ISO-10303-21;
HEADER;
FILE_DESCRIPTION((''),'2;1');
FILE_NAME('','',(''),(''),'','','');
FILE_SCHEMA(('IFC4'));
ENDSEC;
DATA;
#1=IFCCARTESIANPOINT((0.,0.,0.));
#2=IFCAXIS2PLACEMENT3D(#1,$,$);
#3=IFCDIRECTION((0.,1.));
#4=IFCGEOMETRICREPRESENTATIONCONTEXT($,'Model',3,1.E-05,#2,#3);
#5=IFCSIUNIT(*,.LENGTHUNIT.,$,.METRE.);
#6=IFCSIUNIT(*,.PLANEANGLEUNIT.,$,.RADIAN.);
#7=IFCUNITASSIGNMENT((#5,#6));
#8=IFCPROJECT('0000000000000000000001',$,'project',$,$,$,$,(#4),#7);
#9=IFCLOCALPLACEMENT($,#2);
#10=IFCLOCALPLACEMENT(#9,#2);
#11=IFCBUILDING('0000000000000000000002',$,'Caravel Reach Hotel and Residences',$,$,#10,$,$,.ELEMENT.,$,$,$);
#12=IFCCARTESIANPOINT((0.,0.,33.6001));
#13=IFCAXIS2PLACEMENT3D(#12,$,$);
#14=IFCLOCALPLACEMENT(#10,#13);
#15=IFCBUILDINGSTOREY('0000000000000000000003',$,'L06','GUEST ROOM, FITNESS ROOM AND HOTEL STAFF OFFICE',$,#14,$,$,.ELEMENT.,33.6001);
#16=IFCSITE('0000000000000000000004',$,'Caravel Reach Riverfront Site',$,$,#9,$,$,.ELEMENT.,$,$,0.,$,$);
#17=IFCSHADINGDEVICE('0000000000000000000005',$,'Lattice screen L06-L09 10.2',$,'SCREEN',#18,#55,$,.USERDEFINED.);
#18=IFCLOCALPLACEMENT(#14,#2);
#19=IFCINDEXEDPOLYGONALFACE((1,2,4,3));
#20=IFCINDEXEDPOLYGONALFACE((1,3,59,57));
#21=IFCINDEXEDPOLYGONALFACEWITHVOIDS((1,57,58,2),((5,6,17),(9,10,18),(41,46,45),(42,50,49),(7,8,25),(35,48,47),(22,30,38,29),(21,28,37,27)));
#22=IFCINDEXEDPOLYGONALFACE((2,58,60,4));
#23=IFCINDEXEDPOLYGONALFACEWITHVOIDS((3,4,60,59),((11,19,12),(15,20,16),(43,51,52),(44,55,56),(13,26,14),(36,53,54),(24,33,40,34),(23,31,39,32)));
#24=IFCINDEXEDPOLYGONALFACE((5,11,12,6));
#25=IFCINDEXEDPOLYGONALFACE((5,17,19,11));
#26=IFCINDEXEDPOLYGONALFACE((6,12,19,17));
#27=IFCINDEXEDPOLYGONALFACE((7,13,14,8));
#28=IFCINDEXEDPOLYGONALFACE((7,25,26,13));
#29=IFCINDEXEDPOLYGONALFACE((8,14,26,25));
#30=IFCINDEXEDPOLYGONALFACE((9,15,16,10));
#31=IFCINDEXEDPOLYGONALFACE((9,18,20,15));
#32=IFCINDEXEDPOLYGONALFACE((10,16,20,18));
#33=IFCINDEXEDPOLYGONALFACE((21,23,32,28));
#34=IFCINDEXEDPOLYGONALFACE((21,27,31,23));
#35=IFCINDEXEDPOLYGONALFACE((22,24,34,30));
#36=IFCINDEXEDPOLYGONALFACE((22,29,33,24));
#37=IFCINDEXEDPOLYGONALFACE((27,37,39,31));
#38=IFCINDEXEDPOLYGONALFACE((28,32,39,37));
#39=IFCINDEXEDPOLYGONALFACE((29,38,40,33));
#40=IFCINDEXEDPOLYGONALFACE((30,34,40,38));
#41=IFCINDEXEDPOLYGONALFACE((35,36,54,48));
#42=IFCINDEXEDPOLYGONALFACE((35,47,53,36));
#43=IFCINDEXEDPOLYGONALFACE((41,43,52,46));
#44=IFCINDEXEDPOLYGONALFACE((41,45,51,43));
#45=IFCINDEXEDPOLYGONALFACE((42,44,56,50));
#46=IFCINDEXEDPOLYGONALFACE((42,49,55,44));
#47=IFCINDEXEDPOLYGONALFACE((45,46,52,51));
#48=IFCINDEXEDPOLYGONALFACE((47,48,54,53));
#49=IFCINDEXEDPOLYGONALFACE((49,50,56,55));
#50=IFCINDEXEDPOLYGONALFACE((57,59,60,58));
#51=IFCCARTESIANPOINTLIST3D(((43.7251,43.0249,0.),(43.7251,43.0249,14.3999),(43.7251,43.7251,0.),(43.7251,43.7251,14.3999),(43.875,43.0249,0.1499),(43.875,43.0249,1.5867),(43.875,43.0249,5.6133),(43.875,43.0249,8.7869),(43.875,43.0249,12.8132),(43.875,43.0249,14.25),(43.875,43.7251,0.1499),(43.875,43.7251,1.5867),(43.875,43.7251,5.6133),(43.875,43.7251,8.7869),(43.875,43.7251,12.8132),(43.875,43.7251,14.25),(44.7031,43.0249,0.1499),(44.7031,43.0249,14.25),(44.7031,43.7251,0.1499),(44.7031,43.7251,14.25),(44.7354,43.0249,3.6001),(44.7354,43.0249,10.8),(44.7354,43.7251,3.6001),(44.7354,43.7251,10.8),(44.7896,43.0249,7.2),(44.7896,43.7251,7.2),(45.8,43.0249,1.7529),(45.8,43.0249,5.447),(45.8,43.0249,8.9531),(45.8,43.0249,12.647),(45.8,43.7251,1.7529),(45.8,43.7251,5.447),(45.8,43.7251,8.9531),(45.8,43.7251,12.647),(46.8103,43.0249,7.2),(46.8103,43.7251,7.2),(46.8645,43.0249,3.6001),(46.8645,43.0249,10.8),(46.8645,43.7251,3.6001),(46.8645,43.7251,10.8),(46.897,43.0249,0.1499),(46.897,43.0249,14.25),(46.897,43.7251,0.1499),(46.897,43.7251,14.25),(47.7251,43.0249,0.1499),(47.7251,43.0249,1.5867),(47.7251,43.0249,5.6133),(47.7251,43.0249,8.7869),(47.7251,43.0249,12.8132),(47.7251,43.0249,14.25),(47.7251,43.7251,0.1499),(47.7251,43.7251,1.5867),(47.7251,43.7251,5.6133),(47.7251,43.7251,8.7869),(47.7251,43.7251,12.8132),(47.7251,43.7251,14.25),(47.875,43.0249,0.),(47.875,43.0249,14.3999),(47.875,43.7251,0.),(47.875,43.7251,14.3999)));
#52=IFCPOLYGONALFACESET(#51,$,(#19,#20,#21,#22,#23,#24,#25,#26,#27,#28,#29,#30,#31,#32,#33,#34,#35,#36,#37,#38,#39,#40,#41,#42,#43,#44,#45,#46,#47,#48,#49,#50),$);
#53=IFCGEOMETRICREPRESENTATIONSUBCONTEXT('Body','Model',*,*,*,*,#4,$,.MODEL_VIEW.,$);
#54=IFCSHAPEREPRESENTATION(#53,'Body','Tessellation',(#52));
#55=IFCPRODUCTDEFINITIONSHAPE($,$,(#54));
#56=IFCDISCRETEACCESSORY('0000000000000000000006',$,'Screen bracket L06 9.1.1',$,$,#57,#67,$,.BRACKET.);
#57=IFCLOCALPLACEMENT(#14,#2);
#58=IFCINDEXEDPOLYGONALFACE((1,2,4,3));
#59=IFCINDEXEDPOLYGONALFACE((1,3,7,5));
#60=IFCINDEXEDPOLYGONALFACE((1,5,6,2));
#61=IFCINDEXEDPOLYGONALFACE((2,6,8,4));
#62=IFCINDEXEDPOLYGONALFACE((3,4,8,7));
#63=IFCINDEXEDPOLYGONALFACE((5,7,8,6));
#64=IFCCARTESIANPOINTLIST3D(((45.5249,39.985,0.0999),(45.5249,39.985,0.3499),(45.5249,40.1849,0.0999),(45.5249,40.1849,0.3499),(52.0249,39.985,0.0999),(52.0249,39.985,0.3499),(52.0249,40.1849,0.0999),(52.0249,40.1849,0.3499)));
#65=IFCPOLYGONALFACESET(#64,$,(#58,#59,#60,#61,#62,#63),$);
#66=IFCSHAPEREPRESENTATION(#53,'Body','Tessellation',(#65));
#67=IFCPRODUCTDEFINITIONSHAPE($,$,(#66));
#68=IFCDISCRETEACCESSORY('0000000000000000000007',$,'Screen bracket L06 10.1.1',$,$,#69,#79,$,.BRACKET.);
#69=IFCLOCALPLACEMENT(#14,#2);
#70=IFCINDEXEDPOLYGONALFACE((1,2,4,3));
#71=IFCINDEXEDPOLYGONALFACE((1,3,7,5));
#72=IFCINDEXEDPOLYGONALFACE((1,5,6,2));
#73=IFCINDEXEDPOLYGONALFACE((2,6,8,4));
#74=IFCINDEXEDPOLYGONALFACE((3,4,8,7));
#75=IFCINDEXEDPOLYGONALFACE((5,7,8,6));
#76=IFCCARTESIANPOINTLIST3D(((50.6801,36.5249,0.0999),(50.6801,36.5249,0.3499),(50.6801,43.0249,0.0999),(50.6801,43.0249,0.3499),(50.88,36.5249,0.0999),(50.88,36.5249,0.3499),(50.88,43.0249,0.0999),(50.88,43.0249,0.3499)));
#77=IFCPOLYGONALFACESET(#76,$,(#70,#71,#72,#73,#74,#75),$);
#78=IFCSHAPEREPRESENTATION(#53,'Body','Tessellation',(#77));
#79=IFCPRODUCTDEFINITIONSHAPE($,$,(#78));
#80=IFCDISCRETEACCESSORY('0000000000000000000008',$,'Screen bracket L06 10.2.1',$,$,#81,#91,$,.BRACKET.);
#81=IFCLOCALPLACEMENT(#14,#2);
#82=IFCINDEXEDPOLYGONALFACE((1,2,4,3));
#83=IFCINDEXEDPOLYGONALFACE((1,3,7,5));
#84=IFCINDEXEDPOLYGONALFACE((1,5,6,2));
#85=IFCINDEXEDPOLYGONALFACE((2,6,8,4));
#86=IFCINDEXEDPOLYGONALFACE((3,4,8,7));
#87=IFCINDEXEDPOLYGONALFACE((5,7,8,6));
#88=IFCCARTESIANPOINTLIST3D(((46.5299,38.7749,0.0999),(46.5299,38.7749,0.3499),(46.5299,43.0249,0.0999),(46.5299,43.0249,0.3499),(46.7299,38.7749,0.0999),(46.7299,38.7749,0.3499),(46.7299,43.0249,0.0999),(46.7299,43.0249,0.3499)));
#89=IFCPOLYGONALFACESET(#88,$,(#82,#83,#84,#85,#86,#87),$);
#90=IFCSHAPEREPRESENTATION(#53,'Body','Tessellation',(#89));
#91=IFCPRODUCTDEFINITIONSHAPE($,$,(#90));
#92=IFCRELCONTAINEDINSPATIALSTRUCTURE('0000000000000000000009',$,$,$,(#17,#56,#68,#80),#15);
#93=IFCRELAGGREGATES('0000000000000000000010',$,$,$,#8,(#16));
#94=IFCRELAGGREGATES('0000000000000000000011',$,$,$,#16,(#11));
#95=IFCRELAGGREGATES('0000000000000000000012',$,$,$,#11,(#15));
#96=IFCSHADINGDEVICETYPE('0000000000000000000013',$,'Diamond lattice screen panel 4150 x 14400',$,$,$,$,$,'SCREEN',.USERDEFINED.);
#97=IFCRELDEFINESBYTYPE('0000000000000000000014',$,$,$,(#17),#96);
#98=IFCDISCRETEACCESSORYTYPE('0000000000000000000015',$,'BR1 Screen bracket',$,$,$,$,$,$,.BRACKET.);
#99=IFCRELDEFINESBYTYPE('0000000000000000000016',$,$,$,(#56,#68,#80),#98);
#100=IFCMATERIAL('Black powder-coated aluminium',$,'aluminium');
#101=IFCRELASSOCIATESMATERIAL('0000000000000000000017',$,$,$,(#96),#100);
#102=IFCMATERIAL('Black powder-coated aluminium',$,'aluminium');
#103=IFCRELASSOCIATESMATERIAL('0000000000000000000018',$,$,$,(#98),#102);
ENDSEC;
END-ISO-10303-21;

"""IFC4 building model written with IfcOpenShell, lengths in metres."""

from ifc_helpers import new_model, si_unit, direction, frame, origin, origin_2d, place, context, subcontext, project, spatial, polyline, rectangle, outline, extrude, material, type_object, element, save


model = new_model("IFC4")

# Units and contexts
model_context = context("Model", 3, precision=1e-05, world=origin(), true_north=direction((0.0, 1.0)))
body_context = subcontext(model_context, "Body", "Model", "MODEL_VIEW")
ifc_project = project(units=[si_unit("LENGTHUNIT", "METRE"), si_unit("PLANEANGLEUNIT", "RADIAN")], contexts=[model_context])

# Site, building, storey
site_placement = place(None, origin())
site = spatial("IfcSite", under=ifc_project, at=site_placement, Name="Caravel Reach Riverfront Site", CompositionType="ELEMENT", RefElevation=0.0)
building_placement = place(site_placement, origin())
building = spatial("IfcBuilding", under=site, at=building_placement, Name="Caravel Reach Hotel and Residences", CompositionType="ELEMENT")
storey_placement = place(building_placement, frame((0.0, 0.0, 33.6001)))
storey = spatial("IfcBuildingStorey", under=building, at=storey_placement, Name="L06", Description="GUEST ROOM, FITNESS ROOM AND HOTEL STAFF OFFICE", CompositionType="ELEMENT", Elevation=33.6001)

# Shading device
ifc_material_1 = material(Name="Black powder-coated aluminium", Category="aluminium")
shading_device_type = type_object("IfcShadingDeviceType", Name="Diamond lattice screen panel 4150 x 14400", ElementType="SCREEN", PredefinedType="USERDEFINED", material=ifc_material_1)
shading_device_placement = place(storey_placement, frame((47.875, 43.0249, 0.0), z_axis=(0.0, 1.0, 0.0), x_axis=(-1.0, 0.0, 0.0)))
element("IfcShadingDevice", 1, at=shading_device_placement, inside=storey, type_object=shading_device_type, Name="Lattice screen L06-L09 10.2", ObjectType="SCREEN", PredefinedType="USERDEFINED", context=body_context, shape_type="SweptSolid", body=[
    extrude(outline(polyline([(0.0, 0.0), (4.1499, 0.0), (4.1499, 14.3999), (0.0, 14.3999), (0.0, 0.0)]), holes=[polyline([(0.978, 0.1499), (0.1499, 1.5867), (0.1499, 0.1499), (0.978, 0.1499)]), polyline([(1.0647, 7.2), (0.1499, 8.7869), (0.1499, 5.6133), (1.0647, 7.2)]), polyline([(0.1499, 12.8132), (0.978, 14.25), (0.1499, 14.25), (0.1499, 12.8132)]), polyline([(2.075, 5.447), (1.0105, 3.6001), (2.075, 1.7529), (3.1396, 3.6001), (2.075, 5.447)]), polyline([(2.075, 12.647), (1.0105, 10.8), (2.075, 8.9531), (3.1396, 10.8), (2.075, 12.647)]), polyline([(4.0, 1.5867), (3.1719, 0.1499), (4.0, 0.1499), (4.0, 1.5867)]), polyline([(3.0854, 7.2), (4.0, 5.6133), (4.0, 8.7869), (3.0854, 7.2)]), polyline([(3.1719, 14.25), (4.0, 12.8132), (4.0, 14.25), (3.1719, 14.25)])]), origin(), (0.0, 0.0, 1.0), 0.7002),
])

# Discrete accessories
ifc_material_2 = material(Name="Black powder-coated aluminium", Category="aluminium")
discrete_accessory_type = type_object("IfcDiscreteAccessoryType", Name="BR1 Screen bracket", PredefinedType="BRACKET", material=ifc_material_2)
for number, where, z_axis, x_axis, name in (
    (2, (48.7749, 40.085, 0.0999), (0.0, 0.0, 1.0), (1.0, 0.0, 0.0), "Screen bracket L06 9.1.1"),
    (3, (50.78, 39.7749, 0.0999), (0.0, 0.0, 1.0), (0.0, 1.0, 0.0), "Screen bracket L06 10.1.1"),
):
    element("IfcDiscreteAccessory", number, at=place(storey_placement, frame(where, z_axis=z_axis, x_axis=x_axis)), inside=storey, type_object=discrete_accessory_type, Name=name, PredefinedType="BRACKET", context=body_context, shape_type="SweptSolid", body=[
        extrude(rectangle(XDim=6.5, YDim=0.2, at=origin_2d()), origin(), (0.0, 0.0, 1.0), 0.25),
    ])
discrete_accessory_placement = place(storey_placement, frame((46.6299, 40.8999, 0.0999), z_axis=(0.0, 0.0, 1.0), x_axis=(0.0, 1.0, 0.0)))
element("IfcDiscreteAccessory", 4, at=discrete_accessory_placement, inside=storey, type_object=discrete_accessory_type, Name="Screen bracket L06 10.2.1", PredefinedType="BRACKET", context=body_context, shape_type="SweptSolid", body=[
    extrude(rectangle(XDim=4.25, YDim=0.2, at=origin_2d()), origin(), (0.0, 0.0, 1.0), 0.25),
])

save(model, "model.ifc")
